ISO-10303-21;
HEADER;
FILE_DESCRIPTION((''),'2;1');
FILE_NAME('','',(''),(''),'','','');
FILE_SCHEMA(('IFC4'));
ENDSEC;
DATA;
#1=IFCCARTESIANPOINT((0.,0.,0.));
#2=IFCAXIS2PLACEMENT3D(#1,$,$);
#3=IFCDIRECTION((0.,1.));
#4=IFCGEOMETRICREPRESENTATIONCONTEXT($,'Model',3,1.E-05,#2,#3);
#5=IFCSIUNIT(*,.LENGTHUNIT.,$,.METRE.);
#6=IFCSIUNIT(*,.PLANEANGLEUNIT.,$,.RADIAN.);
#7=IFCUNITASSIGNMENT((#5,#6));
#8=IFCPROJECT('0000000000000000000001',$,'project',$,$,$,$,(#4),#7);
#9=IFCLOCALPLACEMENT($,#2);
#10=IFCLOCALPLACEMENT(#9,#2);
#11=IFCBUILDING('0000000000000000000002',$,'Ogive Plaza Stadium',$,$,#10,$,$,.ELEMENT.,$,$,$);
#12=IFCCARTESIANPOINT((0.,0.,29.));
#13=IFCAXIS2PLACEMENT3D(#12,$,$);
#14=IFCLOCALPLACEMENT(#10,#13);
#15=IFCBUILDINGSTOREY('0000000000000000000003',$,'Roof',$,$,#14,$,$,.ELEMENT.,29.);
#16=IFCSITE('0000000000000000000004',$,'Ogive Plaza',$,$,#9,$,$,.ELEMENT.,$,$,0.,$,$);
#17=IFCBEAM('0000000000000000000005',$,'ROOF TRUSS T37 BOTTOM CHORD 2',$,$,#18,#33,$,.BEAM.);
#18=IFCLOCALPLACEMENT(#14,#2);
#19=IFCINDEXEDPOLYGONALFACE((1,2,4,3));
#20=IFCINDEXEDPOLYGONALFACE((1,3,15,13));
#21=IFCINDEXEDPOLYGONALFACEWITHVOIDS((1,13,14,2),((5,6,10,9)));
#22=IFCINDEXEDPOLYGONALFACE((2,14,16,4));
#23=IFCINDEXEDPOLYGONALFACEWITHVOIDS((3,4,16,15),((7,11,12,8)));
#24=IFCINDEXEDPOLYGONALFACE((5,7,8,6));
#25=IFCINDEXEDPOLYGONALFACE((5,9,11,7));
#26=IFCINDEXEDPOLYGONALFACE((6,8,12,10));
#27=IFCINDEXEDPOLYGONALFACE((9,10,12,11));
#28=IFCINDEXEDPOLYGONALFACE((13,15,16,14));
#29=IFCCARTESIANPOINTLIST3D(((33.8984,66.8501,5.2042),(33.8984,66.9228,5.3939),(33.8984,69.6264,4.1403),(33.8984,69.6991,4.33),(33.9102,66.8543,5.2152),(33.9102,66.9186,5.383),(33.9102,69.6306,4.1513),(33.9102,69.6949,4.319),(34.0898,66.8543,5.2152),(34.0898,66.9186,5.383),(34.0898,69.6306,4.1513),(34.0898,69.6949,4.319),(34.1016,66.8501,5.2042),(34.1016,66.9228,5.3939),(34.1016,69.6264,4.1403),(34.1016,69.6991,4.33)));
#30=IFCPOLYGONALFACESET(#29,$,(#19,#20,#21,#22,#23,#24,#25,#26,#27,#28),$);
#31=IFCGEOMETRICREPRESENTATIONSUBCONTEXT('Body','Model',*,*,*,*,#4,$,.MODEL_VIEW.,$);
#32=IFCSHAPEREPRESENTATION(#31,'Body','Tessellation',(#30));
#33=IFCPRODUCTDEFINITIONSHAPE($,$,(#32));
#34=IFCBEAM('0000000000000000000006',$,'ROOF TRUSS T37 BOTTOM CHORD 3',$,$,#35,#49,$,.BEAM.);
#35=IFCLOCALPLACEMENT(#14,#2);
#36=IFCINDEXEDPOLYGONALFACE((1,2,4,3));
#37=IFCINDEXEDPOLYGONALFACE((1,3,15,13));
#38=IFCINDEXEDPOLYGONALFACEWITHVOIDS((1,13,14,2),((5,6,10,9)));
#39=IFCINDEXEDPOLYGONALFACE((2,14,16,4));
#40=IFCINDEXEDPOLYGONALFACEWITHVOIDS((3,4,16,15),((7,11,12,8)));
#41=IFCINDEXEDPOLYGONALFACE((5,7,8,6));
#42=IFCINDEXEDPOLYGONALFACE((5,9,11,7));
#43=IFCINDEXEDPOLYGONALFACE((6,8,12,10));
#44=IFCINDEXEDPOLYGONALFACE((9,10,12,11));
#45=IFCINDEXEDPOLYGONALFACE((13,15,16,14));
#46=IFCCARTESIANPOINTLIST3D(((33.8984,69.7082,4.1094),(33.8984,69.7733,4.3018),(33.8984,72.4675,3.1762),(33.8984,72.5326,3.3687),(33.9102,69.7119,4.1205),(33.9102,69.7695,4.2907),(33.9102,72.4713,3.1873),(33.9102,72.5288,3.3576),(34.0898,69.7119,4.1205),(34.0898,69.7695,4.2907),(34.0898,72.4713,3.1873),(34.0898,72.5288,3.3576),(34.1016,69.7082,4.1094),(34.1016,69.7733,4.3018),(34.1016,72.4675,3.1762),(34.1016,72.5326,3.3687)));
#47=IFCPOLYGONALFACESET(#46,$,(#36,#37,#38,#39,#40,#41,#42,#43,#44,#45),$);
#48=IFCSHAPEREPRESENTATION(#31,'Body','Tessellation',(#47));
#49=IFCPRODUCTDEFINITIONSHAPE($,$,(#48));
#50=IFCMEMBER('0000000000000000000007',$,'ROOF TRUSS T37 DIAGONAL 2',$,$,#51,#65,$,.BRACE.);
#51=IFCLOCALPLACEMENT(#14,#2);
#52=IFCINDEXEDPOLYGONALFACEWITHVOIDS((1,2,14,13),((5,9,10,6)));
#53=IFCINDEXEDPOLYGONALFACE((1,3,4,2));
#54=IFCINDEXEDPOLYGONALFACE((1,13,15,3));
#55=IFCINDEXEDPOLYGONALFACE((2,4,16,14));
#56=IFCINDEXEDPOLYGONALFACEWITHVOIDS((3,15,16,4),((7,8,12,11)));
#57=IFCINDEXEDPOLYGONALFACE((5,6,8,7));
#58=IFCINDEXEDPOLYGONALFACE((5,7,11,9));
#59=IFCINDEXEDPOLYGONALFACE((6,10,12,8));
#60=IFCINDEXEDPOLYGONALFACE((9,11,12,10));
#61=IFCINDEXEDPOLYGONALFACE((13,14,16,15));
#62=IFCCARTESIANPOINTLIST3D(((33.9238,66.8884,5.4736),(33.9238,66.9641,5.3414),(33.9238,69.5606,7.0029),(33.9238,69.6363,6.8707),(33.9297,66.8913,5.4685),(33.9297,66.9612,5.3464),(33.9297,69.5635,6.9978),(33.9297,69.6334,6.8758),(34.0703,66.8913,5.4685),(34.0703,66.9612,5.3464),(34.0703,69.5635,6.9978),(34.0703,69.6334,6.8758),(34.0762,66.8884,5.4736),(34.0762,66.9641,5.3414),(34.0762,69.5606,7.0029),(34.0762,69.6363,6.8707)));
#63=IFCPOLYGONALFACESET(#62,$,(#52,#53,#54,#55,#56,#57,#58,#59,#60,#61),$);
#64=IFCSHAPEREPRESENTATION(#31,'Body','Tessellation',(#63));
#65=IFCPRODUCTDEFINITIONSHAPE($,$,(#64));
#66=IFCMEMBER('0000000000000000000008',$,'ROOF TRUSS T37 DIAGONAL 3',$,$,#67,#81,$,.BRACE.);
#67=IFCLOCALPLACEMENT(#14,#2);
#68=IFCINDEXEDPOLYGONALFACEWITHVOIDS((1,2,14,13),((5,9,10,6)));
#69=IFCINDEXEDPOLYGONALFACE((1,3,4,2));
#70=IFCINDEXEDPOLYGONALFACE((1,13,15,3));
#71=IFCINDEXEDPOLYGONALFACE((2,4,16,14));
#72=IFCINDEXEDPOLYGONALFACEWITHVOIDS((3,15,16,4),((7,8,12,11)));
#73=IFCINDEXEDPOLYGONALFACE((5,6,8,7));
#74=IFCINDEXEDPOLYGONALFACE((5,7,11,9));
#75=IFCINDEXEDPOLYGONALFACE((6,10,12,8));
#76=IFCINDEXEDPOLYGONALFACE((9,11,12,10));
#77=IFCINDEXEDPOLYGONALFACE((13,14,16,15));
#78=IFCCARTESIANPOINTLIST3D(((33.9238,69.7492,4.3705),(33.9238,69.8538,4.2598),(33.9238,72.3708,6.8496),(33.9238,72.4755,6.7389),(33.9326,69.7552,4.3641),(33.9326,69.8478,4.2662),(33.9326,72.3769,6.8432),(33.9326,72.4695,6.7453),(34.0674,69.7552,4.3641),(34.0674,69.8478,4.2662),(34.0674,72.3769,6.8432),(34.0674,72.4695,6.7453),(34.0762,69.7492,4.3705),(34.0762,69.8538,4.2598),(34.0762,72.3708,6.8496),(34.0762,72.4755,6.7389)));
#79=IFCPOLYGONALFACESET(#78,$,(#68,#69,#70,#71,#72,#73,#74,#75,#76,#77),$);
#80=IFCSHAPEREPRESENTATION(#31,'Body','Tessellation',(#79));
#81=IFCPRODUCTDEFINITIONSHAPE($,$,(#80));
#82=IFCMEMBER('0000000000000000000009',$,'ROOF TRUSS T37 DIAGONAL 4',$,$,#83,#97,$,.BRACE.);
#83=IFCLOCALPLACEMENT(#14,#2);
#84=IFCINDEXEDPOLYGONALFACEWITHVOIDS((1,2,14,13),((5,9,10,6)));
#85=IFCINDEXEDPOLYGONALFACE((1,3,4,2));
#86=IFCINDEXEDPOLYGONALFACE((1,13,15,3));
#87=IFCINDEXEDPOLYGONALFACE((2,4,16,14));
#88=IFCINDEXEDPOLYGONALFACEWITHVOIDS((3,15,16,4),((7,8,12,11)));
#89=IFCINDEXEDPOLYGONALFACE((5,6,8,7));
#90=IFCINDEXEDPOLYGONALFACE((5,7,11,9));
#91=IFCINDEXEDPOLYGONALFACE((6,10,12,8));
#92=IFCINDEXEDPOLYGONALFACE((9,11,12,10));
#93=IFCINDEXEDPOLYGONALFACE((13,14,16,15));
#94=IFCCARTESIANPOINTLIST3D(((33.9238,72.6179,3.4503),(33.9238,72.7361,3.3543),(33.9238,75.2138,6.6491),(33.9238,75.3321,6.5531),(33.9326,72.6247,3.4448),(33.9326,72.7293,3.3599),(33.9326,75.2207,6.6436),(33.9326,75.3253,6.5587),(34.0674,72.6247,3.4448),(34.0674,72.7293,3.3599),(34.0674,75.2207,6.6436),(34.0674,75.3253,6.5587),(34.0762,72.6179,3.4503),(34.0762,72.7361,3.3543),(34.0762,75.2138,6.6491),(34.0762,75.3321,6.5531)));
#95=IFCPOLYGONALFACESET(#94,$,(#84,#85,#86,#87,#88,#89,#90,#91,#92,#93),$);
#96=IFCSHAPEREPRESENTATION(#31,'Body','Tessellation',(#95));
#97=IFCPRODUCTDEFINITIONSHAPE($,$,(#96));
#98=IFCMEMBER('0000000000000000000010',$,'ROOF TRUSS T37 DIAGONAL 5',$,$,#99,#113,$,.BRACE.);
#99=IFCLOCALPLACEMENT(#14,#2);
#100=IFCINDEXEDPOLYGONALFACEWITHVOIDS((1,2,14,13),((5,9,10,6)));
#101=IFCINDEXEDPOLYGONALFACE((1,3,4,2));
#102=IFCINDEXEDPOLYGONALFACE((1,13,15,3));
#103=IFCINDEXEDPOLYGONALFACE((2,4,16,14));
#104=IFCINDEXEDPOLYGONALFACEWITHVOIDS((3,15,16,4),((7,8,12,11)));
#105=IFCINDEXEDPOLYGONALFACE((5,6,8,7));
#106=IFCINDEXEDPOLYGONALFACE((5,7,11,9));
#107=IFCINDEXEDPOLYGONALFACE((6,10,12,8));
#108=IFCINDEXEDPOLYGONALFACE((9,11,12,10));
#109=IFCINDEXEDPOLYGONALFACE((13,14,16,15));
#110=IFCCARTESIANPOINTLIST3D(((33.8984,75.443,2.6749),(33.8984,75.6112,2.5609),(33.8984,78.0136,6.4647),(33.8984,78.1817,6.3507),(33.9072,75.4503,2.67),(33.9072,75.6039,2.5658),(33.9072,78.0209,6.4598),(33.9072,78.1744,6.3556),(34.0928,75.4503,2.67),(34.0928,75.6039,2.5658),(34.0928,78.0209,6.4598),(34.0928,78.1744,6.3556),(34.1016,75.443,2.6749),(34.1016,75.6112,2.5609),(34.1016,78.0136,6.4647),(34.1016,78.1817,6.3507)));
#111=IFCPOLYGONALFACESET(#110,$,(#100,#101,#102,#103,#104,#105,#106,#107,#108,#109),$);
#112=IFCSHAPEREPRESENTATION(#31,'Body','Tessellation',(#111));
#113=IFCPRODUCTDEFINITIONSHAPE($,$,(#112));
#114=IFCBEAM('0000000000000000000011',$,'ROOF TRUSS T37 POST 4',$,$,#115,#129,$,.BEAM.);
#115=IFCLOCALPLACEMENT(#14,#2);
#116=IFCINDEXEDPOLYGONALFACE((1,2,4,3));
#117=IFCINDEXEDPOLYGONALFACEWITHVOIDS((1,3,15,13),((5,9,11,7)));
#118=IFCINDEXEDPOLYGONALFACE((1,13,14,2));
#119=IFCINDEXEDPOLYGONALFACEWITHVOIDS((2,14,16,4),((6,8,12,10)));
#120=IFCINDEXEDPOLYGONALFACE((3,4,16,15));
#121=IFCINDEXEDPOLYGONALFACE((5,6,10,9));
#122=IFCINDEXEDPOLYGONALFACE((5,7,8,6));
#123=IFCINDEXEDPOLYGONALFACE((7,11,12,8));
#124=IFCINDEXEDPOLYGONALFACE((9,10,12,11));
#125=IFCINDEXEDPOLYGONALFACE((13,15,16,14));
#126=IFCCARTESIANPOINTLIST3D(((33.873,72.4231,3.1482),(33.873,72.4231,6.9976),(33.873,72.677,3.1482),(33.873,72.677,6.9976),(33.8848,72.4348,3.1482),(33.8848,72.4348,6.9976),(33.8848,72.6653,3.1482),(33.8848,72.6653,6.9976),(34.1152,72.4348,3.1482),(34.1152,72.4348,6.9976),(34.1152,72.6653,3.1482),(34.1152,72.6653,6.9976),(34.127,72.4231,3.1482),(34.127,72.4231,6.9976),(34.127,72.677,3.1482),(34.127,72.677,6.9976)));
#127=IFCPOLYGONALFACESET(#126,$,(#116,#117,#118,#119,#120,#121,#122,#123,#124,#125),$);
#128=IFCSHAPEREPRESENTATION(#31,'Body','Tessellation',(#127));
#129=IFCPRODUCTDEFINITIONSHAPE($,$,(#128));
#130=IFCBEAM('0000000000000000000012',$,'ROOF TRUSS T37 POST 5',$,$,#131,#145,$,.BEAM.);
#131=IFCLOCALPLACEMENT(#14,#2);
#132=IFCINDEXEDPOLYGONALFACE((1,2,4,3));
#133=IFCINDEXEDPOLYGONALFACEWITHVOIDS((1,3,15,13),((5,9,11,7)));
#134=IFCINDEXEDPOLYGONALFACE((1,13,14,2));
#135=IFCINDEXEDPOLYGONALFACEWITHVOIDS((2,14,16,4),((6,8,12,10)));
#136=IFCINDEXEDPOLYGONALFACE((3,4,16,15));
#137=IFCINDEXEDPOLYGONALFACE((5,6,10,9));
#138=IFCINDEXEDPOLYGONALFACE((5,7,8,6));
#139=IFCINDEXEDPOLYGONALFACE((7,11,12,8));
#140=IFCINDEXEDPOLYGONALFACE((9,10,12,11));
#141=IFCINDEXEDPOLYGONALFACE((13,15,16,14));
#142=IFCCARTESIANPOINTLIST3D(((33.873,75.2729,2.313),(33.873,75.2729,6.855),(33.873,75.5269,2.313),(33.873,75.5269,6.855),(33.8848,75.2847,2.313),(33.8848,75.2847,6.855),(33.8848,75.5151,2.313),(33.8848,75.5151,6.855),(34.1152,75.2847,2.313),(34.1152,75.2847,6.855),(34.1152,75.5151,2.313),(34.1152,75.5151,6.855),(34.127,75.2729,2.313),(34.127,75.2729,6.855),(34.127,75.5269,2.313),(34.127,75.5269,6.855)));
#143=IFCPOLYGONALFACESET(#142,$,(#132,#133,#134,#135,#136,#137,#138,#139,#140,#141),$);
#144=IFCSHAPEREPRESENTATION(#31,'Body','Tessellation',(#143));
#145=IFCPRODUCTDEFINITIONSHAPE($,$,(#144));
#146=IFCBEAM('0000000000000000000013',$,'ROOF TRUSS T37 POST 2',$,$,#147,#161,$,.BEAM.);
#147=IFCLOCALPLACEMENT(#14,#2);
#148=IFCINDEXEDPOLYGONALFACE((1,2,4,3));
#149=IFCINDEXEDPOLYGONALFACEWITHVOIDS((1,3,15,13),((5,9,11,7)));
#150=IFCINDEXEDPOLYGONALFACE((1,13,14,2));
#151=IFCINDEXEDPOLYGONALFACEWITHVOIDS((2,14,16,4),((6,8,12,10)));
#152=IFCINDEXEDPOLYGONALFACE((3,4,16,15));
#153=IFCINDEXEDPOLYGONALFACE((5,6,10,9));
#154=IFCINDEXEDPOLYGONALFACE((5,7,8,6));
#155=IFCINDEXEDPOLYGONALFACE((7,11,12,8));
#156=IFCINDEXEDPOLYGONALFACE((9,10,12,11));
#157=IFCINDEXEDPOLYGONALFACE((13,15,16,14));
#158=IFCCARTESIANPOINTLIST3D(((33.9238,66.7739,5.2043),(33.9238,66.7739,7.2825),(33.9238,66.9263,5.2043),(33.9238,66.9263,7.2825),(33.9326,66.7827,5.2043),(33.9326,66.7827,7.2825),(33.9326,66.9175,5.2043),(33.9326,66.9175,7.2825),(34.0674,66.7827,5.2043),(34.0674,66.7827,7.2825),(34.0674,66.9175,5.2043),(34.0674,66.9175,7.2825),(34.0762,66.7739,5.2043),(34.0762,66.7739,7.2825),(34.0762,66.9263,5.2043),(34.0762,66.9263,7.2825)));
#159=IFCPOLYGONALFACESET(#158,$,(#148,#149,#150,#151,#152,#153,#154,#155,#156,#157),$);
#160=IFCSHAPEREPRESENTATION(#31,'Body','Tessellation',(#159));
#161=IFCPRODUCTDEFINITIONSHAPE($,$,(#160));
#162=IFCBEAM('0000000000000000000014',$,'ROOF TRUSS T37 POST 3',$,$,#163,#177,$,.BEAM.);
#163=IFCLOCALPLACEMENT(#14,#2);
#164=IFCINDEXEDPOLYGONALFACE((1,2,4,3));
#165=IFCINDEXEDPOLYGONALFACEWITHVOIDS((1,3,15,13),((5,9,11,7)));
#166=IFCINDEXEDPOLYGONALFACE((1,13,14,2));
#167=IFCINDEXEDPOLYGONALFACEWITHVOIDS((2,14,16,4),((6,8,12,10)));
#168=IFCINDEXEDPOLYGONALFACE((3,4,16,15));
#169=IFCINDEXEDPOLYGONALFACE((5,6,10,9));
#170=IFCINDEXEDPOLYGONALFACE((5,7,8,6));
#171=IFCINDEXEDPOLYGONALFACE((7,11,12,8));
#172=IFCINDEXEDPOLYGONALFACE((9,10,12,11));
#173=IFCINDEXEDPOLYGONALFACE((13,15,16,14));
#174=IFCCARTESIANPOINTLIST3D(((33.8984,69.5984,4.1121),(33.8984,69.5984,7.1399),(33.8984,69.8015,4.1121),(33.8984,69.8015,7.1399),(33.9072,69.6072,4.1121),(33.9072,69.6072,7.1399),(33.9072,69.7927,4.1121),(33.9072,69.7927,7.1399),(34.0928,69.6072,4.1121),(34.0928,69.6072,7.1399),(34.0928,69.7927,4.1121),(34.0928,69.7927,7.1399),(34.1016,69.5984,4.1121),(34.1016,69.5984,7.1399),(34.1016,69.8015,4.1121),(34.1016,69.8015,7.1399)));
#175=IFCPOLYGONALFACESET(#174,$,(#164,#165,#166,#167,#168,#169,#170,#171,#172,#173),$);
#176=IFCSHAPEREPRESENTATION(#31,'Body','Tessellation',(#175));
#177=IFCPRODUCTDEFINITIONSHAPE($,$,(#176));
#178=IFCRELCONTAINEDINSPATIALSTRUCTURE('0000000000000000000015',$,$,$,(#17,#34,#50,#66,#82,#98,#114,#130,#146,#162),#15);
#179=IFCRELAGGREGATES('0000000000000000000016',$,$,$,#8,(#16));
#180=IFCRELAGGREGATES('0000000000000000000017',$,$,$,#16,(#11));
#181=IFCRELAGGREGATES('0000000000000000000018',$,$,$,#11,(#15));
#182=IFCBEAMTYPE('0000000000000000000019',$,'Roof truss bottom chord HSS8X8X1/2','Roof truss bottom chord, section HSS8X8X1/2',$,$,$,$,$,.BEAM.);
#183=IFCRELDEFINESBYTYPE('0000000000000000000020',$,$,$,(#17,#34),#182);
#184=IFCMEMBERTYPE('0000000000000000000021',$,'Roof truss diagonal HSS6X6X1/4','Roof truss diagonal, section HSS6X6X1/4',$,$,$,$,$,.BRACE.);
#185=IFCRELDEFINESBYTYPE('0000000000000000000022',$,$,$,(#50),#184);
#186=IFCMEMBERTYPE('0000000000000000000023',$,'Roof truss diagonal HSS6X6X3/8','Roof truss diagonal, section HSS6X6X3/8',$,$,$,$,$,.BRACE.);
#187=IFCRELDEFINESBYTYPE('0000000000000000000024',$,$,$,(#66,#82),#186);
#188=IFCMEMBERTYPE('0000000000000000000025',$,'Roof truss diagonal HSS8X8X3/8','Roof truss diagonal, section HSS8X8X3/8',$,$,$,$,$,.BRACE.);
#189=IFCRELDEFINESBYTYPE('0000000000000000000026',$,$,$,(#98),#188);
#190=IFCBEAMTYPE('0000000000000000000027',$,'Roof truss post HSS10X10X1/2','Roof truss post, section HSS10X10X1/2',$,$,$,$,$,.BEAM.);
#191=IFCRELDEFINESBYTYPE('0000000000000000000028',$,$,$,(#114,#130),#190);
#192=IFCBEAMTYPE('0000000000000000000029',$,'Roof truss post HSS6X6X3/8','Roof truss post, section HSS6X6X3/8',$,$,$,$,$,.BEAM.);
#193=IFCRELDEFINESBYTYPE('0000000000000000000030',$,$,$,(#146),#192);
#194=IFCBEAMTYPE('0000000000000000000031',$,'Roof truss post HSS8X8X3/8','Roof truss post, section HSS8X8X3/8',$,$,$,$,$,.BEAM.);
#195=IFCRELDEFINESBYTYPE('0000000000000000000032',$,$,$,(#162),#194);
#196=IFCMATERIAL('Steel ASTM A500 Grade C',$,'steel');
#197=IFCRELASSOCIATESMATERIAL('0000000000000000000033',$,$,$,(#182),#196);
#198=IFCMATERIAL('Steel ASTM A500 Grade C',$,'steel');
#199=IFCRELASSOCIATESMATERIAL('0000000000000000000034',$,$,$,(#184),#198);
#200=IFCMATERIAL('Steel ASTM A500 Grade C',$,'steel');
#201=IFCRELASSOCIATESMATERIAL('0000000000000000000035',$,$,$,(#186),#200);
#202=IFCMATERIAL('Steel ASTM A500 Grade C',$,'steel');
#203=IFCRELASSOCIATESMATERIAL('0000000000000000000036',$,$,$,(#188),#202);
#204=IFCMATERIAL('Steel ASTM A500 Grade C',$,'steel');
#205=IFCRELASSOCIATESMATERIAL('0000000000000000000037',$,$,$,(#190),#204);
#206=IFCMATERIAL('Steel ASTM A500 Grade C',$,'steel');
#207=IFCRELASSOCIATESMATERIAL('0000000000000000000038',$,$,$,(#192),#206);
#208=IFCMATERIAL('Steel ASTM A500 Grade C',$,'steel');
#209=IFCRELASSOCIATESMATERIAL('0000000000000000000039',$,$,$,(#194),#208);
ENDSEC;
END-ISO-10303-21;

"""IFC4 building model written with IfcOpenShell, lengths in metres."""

from ifc_helpers import new_model, si_unit, direction, frame, origin, origin_2d, place, context, subcontext, project, spatial, hollow_rectangle, extrude, material, material_profile, profile_set, type_object, element, save


model = new_model("IFC4")

# Units and contexts
model_context = context("Model", 3, precision=1e-05, world=origin(), true_north=direction((0.0, 1.0)))
body_context = subcontext(model_context, "Body", "Model", "MODEL_VIEW")
ifc_project = project(units=[si_unit("LENGTHUNIT", "METRE"), si_unit("PLANEANGLEUNIT", "RADIAN")], contexts=[model_context])

# Site, building, storey
site_placement = place(None, origin())
site = spatial("IfcSite", under=ifc_project, at=site_placement, Name="Ogive Plaza", CompositionType="ELEMENT", RefElevation=0.0)
building_placement = place(site_placement, origin())
building = spatial("IfcBuilding", under=site, at=building_placement, Name="Ogive Plaza Stadium", CompositionType="ELEMENT")
storey_placement = place(building_placement, frame((0.0, 0.0, 29.0)))
storey = spatial("IfcBuildingStorey", under=building, at=storey_placement, Name="Roof", CompositionType="ELEMENT", Elevation=29.0)

# Beams
ifc_material_1 = material(Name="Steel ASTM A500 Grade C", Category="steel")
ifc_material_profile_1 = material_profile(ifc_material_1, hollow_rectangle(XDim=0.2031, YDim=0.2031, WallThickness=0.0117, at=origin_2d()), Name="HSS8X8X1/2")
ifc_profile_set_1 = profile_set([ifc_material_profile_1], Name="Steel ASTM A500 Grade C")
beam_type_1 = type_object("IfcBeamType", Name="Roof truss bottom chord HSS8X8X1/2", Description="Roof truss bottom chord, section HSS8X8X1/2", PredefinedType="BEAM", material=ifc_profile_set_1)
beam_1_placement = place(storey_placement, frame((34.0, 66.8865, 5.2991), z_axis=(0.0, 0.933781, -0.357845), x_axis=(-1.0, 0.0, 0.0)))
element("IfcBeam", 1, at=beam_1_placement, inside=storey, type_object=beam_type_1, Name="ROOF TRUSS T37 BOTTOM CHORD 2", PredefinedType="BEAM", context=body_context, shape_type="SweptSolid", body=[
    extrude(hollow_rectangle(XDim=0.2031, YDim=0.2031, WallThickness=0.0117, at=origin_2d()), origin(), (0.0, 0.0, 1.0), 2.9731),
])
beam_2_placement = place(storey_placement, frame((34.0, 69.7407, 4.2056), z_axis=(0.0, 0.9473, -0.320349), x_axis=(-1.0, 0.0, 0.0)))
element("IfcBeam", 2, at=beam_2_placement, inside=storey, type_object=beam_type_1, Name="ROOF TRUSS T37 BOTTOM CHORD 3", PredefinedType="BEAM", context=body_context, shape_type="SweptSolid", body=[
    extrude(hollow_rectangle(XDim=0.2031, YDim=0.2031, WallThickness=0.0117, at=origin_2d()), origin(), (0.0, 0.0, 1.0), 2.9128),
])

# Members
ifc_material_2 = material(Name="Steel ASTM A500 Grade C", Category="steel")
ifc_material_profile_2 = material_profile(ifc_material_2, hollow_rectangle(XDim=0.1523, YDim=0.1523, WallThickness=0.0059, at=origin_2d()), Name="HSS6X6X1/4")
ifc_profile_set_2 = profile_set([ifc_material_profile_2], Name="Steel ASTM A500 Grade C")
member_type_1 = type_object("IfcMemberType", Name="Roof truss diagonal HSS6X6X1/4", Description="Roof truss diagonal, section HSS6X6X1/4", PredefinedType="BRACE", material=ifc_profile_set_2)
member_1_placement = place(storey_placement, frame((34.0, 66.9263, 5.4075), z_axis=(0.0, 0.867911, 0.49672), x_axis=(-1.0, 0.0, 0.0)))
element("IfcMember", 3, at=member_1_placement, inside=storey, type_object=member_type_1, Name="ROOF TRUSS T37 DIAGONAL 2", PredefinedType="BRACE", context=body_context, shape_type="SweptSolid", body=[
    extrude(hollow_rectangle(XDim=0.1523, YDim=0.1523, WallThickness=0.0059, at=origin_2d()), origin(), (0.0, 0.0, 1.0), 3.0789),
])
ifc_material_3 = material(Name="Steel ASTM A500 Grade C", Category="steel")
ifc_material_profile_3 = material_profile(ifc_material_3, hollow_rectangle(XDim=0.1523, YDim=0.1523, WallThickness=0.0088, at=origin_2d()), Name="HSS6X6X3/8")
ifc_profile_set_3 = profile_set([ifc_material_profile_3], Name="Steel ASTM A500 Grade C")
member_type_2 = type_object("IfcMemberType", Name="Roof truss diagonal HSS6X6X3/8", Description="Roof truss diagonal, section HSS6X6X3/8", PredefinedType="BRACE", material=ifc_profile_set_3)
member_2_placement = place(storey_placement, frame((34.0, 69.8015, 4.3152), z_axis=(0.0, 0.726589, 0.687072), x_axis=(-1.0, 0.0, 0.0)))
element("IfcMember", 4, at=member_2_placement, inside=storey, type_object=member_type_2, Name="ROOF TRUSS T37 DIAGONAL 3", PredefinedType="BRACE", context=body_context, shape_type="SweptSolid", body=[
    extrude(hollow_rectangle(XDim=0.1523, YDim=0.1523, WallThickness=0.0088, at=origin_2d()), origin(), (0.0, 0.0, 1.0), 3.6082),
])
member_3_placement = place(storey_placement, frame((34.0, 72.677, 3.4023), z_axis=(0.0, 0.630151, 0.776473), x_axis=(-1.0, 0.0, 0.0)))
element("IfcMember", 5, at=member_3_placement, inside=storey, type_object=member_type_2, Name="ROOF TRUSS T37 DIAGONAL 4", PredefinedType="BRACE", context=body_context, shape_type="SweptSolid", body=[
    extrude(hollow_rectangle(XDim=0.1523, YDim=0.1523, WallThickness=0.0088, at=origin_2d()), origin(), (0.0, 0.0, 1.0), 4.1196),
])
ifc_material_4 = material(Name="Steel ASTM A500 Grade C", Category="steel")
ifc_material_profile_4 = material_profile(ifc_material_4, hollow_rectangle(XDim=0.2031, YDim=0.2031, WallThickness=0.0088, at=origin_2d()), Name="HSS8X8X3/8")
ifc_profile_set_4 = profile_set([ifc_material_profile_4], Name="Steel ASTM A500 Grade C")
member_type_3 = type_object("IfcMemberType", Name="Roof truss diagonal HSS8X8X3/8", Description="Roof truss diagonal, section HSS8X8X3/8", PredefinedType="BRACE", material=ifc_profile_set_4)
member_4_placement = place(storey_placement, frame((34.0, 75.5271, 2.6179), z_axis=(0.0, 0.561338, 0.827586), x_axis=(-1.0, 0.0, 0.0)))
element("IfcMember", 6, at=member_4_placement, inside=storey, type_object=member_type_3, Name="ROOF TRUSS T37 DIAGONAL 5", PredefinedType="BRACE", context=body_context, shape_type="SweptSolid", body=[
    extrude(hollow_rectangle(XDim=0.2031, YDim=0.2031, WallThickness=0.0088, at=origin_2d()), origin(), (0.0, 0.0, 1.0), 4.5793),
])

# Beams
ifc_material_5 = material(Name="Steel ASTM A500 Grade C", Category="steel")
ifc_material_profile_5 = material_profile(ifc_material_5, hollow_rectangle(XDim=0.2539, YDim=0.2539, WallThickness=0.0117, at=origin_2d()), Name="HSS10X10X1/2")
ifc_profile_set_5 = profile_set([ifc_material_profile_5], Name="Steel ASTM A500 Grade C")
beam_type_2 = type_object("IfcBeamType", Name="Roof truss post HSS10X10X1/2", Description="Roof truss post, section HSS10X10X1/2", PredefinedType="BEAM", material=ifc_profile_set_5)
beam_3_placement = place(storey_placement, frame((34.0, 72.55, 3.1482), z_axis=(0.0, 0.0, 1.0), x_axis=(-1.0, 0.0, 0.0)))
element("IfcBeam", 7, at=beam_3_placement, inside=storey, type_object=beam_type_2, Name="ROOF TRUSS T37 POST 4", PredefinedType="BEAM", context=body_context, shape_type="SweptSolid", body=[
    extrude(hollow_rectangle(XDim=0.2539, YDim=0.2539, WallThickness=0.0117, at=origin_2d()), origin(), (0.0, 0.0, 1.0), 3.8494),
])
beam_4_placement = place(storey_placement, frame((34.0, 75.3999, 2.313), z_axis=(0.0, 0.0, 1.0), x_axis=(-1.0, 0.0, 0.0)))
element("IfcBeam", 8, at=beam_4_placement, inside=storey, type_object=beam_type_2, Name="ROOF TRUSS T37 POST 5", PredefinedType="BEAM", context=body_context, shape_type="SweptSolid", body=[
    extrude(hollow_rectangle(XDim=0.2539, YDim=0.2539, WallThickness=0.0117, at=origin_2d()), origin(), (0.0, 0.0, 1.0), 4.542),
])
ifc_material_6 = material(Name="Steel ASTM A500 Grade C", Category="steel")
ifc_material_profile_6 = material_profile(ifc_material_6, hollow_rectangle(XDim=0.1523, YDim=0.1523, WallThickness=0.0088, at=origin_2d()), Name="HSS6X6X3/8")
ifc_profile_set_6 = profile_set([ifc_material_profile_6], Name="Steel ASTM A500 Grade C")
beam_type_3 = type_object("IfcBeamType", Name="Roof truss post HSS6X6X3/8", Description="Roof truss post, section HSS6X6X3/8", PredefinedType="BEAM", material=ifc_profile_set_6)
beam_5_placement = place(storey_placement, frame((34.0, 66.8501, 5.2043), z_axis=(0.0, 0.0, 1.0), x_axis=(-1.0, 0.0, 0.0)))
element("IfcBeam", 9, at=beam_5_placement, inside=storey, type_object=beam_type_3, Name="ROOF TRUSS T37 POST 2", PredefinedType="BEAM", context=body_context, shape_type="SweptSolid", body=[
    extrude(hollow_rectangle(XDim=0.1523, YDim=0.1523, WallThickness=0.0088, at=origin_2d()), origin(), (0.0, 0.0, 1.0), 2.0781),
])
ifc_material_7 = material(Name="Steel ASTM A500 Grade C", Category="steel")
ifc_material_profile_7 = material_profile(ifc_material_7, hollow_rectangle(XDim=0.2031, YDim=0.2031, WallThickness=0.0088, at=origin_2d()), Name="HSS8X8X3/8")
ifc_profile_set_7 = profile_set([ifc_material_profile_7], Name="Steel ASTM A500 Grade C")
beam_type_4 = type_object("IfcBeamType", Name="Roof truss post HSS8X8X3/8", Description="Roof truss post, section HSS8X8X3/8", PredefinedType="BEAM", material=ifc_profile_set_7)
beam_6_placement = place(storey_placement, frame((34.0, 69.7, 4.1121), z_axis=(0.0, 0.0, 1.0), x_axis=(-1.0, 0.0, 0.0)))
element("IfcBeam", 10, at=beam_6_placement, inside=storey, type_object=beam_type_4, Name="ROOF TRUSS T37 POST 3", PredefinedType="BEAM", context=body_context, shape_type="SweptSolid", body=[
    extrude(hollow_rectangle(XDim=0.2031, YDim=0.2031, WallThickness=0.0088, at=origin_2d()), origin(), (0.0, 0.0, 1.0), 3.0278),
])

save(model, "model.ifc")
